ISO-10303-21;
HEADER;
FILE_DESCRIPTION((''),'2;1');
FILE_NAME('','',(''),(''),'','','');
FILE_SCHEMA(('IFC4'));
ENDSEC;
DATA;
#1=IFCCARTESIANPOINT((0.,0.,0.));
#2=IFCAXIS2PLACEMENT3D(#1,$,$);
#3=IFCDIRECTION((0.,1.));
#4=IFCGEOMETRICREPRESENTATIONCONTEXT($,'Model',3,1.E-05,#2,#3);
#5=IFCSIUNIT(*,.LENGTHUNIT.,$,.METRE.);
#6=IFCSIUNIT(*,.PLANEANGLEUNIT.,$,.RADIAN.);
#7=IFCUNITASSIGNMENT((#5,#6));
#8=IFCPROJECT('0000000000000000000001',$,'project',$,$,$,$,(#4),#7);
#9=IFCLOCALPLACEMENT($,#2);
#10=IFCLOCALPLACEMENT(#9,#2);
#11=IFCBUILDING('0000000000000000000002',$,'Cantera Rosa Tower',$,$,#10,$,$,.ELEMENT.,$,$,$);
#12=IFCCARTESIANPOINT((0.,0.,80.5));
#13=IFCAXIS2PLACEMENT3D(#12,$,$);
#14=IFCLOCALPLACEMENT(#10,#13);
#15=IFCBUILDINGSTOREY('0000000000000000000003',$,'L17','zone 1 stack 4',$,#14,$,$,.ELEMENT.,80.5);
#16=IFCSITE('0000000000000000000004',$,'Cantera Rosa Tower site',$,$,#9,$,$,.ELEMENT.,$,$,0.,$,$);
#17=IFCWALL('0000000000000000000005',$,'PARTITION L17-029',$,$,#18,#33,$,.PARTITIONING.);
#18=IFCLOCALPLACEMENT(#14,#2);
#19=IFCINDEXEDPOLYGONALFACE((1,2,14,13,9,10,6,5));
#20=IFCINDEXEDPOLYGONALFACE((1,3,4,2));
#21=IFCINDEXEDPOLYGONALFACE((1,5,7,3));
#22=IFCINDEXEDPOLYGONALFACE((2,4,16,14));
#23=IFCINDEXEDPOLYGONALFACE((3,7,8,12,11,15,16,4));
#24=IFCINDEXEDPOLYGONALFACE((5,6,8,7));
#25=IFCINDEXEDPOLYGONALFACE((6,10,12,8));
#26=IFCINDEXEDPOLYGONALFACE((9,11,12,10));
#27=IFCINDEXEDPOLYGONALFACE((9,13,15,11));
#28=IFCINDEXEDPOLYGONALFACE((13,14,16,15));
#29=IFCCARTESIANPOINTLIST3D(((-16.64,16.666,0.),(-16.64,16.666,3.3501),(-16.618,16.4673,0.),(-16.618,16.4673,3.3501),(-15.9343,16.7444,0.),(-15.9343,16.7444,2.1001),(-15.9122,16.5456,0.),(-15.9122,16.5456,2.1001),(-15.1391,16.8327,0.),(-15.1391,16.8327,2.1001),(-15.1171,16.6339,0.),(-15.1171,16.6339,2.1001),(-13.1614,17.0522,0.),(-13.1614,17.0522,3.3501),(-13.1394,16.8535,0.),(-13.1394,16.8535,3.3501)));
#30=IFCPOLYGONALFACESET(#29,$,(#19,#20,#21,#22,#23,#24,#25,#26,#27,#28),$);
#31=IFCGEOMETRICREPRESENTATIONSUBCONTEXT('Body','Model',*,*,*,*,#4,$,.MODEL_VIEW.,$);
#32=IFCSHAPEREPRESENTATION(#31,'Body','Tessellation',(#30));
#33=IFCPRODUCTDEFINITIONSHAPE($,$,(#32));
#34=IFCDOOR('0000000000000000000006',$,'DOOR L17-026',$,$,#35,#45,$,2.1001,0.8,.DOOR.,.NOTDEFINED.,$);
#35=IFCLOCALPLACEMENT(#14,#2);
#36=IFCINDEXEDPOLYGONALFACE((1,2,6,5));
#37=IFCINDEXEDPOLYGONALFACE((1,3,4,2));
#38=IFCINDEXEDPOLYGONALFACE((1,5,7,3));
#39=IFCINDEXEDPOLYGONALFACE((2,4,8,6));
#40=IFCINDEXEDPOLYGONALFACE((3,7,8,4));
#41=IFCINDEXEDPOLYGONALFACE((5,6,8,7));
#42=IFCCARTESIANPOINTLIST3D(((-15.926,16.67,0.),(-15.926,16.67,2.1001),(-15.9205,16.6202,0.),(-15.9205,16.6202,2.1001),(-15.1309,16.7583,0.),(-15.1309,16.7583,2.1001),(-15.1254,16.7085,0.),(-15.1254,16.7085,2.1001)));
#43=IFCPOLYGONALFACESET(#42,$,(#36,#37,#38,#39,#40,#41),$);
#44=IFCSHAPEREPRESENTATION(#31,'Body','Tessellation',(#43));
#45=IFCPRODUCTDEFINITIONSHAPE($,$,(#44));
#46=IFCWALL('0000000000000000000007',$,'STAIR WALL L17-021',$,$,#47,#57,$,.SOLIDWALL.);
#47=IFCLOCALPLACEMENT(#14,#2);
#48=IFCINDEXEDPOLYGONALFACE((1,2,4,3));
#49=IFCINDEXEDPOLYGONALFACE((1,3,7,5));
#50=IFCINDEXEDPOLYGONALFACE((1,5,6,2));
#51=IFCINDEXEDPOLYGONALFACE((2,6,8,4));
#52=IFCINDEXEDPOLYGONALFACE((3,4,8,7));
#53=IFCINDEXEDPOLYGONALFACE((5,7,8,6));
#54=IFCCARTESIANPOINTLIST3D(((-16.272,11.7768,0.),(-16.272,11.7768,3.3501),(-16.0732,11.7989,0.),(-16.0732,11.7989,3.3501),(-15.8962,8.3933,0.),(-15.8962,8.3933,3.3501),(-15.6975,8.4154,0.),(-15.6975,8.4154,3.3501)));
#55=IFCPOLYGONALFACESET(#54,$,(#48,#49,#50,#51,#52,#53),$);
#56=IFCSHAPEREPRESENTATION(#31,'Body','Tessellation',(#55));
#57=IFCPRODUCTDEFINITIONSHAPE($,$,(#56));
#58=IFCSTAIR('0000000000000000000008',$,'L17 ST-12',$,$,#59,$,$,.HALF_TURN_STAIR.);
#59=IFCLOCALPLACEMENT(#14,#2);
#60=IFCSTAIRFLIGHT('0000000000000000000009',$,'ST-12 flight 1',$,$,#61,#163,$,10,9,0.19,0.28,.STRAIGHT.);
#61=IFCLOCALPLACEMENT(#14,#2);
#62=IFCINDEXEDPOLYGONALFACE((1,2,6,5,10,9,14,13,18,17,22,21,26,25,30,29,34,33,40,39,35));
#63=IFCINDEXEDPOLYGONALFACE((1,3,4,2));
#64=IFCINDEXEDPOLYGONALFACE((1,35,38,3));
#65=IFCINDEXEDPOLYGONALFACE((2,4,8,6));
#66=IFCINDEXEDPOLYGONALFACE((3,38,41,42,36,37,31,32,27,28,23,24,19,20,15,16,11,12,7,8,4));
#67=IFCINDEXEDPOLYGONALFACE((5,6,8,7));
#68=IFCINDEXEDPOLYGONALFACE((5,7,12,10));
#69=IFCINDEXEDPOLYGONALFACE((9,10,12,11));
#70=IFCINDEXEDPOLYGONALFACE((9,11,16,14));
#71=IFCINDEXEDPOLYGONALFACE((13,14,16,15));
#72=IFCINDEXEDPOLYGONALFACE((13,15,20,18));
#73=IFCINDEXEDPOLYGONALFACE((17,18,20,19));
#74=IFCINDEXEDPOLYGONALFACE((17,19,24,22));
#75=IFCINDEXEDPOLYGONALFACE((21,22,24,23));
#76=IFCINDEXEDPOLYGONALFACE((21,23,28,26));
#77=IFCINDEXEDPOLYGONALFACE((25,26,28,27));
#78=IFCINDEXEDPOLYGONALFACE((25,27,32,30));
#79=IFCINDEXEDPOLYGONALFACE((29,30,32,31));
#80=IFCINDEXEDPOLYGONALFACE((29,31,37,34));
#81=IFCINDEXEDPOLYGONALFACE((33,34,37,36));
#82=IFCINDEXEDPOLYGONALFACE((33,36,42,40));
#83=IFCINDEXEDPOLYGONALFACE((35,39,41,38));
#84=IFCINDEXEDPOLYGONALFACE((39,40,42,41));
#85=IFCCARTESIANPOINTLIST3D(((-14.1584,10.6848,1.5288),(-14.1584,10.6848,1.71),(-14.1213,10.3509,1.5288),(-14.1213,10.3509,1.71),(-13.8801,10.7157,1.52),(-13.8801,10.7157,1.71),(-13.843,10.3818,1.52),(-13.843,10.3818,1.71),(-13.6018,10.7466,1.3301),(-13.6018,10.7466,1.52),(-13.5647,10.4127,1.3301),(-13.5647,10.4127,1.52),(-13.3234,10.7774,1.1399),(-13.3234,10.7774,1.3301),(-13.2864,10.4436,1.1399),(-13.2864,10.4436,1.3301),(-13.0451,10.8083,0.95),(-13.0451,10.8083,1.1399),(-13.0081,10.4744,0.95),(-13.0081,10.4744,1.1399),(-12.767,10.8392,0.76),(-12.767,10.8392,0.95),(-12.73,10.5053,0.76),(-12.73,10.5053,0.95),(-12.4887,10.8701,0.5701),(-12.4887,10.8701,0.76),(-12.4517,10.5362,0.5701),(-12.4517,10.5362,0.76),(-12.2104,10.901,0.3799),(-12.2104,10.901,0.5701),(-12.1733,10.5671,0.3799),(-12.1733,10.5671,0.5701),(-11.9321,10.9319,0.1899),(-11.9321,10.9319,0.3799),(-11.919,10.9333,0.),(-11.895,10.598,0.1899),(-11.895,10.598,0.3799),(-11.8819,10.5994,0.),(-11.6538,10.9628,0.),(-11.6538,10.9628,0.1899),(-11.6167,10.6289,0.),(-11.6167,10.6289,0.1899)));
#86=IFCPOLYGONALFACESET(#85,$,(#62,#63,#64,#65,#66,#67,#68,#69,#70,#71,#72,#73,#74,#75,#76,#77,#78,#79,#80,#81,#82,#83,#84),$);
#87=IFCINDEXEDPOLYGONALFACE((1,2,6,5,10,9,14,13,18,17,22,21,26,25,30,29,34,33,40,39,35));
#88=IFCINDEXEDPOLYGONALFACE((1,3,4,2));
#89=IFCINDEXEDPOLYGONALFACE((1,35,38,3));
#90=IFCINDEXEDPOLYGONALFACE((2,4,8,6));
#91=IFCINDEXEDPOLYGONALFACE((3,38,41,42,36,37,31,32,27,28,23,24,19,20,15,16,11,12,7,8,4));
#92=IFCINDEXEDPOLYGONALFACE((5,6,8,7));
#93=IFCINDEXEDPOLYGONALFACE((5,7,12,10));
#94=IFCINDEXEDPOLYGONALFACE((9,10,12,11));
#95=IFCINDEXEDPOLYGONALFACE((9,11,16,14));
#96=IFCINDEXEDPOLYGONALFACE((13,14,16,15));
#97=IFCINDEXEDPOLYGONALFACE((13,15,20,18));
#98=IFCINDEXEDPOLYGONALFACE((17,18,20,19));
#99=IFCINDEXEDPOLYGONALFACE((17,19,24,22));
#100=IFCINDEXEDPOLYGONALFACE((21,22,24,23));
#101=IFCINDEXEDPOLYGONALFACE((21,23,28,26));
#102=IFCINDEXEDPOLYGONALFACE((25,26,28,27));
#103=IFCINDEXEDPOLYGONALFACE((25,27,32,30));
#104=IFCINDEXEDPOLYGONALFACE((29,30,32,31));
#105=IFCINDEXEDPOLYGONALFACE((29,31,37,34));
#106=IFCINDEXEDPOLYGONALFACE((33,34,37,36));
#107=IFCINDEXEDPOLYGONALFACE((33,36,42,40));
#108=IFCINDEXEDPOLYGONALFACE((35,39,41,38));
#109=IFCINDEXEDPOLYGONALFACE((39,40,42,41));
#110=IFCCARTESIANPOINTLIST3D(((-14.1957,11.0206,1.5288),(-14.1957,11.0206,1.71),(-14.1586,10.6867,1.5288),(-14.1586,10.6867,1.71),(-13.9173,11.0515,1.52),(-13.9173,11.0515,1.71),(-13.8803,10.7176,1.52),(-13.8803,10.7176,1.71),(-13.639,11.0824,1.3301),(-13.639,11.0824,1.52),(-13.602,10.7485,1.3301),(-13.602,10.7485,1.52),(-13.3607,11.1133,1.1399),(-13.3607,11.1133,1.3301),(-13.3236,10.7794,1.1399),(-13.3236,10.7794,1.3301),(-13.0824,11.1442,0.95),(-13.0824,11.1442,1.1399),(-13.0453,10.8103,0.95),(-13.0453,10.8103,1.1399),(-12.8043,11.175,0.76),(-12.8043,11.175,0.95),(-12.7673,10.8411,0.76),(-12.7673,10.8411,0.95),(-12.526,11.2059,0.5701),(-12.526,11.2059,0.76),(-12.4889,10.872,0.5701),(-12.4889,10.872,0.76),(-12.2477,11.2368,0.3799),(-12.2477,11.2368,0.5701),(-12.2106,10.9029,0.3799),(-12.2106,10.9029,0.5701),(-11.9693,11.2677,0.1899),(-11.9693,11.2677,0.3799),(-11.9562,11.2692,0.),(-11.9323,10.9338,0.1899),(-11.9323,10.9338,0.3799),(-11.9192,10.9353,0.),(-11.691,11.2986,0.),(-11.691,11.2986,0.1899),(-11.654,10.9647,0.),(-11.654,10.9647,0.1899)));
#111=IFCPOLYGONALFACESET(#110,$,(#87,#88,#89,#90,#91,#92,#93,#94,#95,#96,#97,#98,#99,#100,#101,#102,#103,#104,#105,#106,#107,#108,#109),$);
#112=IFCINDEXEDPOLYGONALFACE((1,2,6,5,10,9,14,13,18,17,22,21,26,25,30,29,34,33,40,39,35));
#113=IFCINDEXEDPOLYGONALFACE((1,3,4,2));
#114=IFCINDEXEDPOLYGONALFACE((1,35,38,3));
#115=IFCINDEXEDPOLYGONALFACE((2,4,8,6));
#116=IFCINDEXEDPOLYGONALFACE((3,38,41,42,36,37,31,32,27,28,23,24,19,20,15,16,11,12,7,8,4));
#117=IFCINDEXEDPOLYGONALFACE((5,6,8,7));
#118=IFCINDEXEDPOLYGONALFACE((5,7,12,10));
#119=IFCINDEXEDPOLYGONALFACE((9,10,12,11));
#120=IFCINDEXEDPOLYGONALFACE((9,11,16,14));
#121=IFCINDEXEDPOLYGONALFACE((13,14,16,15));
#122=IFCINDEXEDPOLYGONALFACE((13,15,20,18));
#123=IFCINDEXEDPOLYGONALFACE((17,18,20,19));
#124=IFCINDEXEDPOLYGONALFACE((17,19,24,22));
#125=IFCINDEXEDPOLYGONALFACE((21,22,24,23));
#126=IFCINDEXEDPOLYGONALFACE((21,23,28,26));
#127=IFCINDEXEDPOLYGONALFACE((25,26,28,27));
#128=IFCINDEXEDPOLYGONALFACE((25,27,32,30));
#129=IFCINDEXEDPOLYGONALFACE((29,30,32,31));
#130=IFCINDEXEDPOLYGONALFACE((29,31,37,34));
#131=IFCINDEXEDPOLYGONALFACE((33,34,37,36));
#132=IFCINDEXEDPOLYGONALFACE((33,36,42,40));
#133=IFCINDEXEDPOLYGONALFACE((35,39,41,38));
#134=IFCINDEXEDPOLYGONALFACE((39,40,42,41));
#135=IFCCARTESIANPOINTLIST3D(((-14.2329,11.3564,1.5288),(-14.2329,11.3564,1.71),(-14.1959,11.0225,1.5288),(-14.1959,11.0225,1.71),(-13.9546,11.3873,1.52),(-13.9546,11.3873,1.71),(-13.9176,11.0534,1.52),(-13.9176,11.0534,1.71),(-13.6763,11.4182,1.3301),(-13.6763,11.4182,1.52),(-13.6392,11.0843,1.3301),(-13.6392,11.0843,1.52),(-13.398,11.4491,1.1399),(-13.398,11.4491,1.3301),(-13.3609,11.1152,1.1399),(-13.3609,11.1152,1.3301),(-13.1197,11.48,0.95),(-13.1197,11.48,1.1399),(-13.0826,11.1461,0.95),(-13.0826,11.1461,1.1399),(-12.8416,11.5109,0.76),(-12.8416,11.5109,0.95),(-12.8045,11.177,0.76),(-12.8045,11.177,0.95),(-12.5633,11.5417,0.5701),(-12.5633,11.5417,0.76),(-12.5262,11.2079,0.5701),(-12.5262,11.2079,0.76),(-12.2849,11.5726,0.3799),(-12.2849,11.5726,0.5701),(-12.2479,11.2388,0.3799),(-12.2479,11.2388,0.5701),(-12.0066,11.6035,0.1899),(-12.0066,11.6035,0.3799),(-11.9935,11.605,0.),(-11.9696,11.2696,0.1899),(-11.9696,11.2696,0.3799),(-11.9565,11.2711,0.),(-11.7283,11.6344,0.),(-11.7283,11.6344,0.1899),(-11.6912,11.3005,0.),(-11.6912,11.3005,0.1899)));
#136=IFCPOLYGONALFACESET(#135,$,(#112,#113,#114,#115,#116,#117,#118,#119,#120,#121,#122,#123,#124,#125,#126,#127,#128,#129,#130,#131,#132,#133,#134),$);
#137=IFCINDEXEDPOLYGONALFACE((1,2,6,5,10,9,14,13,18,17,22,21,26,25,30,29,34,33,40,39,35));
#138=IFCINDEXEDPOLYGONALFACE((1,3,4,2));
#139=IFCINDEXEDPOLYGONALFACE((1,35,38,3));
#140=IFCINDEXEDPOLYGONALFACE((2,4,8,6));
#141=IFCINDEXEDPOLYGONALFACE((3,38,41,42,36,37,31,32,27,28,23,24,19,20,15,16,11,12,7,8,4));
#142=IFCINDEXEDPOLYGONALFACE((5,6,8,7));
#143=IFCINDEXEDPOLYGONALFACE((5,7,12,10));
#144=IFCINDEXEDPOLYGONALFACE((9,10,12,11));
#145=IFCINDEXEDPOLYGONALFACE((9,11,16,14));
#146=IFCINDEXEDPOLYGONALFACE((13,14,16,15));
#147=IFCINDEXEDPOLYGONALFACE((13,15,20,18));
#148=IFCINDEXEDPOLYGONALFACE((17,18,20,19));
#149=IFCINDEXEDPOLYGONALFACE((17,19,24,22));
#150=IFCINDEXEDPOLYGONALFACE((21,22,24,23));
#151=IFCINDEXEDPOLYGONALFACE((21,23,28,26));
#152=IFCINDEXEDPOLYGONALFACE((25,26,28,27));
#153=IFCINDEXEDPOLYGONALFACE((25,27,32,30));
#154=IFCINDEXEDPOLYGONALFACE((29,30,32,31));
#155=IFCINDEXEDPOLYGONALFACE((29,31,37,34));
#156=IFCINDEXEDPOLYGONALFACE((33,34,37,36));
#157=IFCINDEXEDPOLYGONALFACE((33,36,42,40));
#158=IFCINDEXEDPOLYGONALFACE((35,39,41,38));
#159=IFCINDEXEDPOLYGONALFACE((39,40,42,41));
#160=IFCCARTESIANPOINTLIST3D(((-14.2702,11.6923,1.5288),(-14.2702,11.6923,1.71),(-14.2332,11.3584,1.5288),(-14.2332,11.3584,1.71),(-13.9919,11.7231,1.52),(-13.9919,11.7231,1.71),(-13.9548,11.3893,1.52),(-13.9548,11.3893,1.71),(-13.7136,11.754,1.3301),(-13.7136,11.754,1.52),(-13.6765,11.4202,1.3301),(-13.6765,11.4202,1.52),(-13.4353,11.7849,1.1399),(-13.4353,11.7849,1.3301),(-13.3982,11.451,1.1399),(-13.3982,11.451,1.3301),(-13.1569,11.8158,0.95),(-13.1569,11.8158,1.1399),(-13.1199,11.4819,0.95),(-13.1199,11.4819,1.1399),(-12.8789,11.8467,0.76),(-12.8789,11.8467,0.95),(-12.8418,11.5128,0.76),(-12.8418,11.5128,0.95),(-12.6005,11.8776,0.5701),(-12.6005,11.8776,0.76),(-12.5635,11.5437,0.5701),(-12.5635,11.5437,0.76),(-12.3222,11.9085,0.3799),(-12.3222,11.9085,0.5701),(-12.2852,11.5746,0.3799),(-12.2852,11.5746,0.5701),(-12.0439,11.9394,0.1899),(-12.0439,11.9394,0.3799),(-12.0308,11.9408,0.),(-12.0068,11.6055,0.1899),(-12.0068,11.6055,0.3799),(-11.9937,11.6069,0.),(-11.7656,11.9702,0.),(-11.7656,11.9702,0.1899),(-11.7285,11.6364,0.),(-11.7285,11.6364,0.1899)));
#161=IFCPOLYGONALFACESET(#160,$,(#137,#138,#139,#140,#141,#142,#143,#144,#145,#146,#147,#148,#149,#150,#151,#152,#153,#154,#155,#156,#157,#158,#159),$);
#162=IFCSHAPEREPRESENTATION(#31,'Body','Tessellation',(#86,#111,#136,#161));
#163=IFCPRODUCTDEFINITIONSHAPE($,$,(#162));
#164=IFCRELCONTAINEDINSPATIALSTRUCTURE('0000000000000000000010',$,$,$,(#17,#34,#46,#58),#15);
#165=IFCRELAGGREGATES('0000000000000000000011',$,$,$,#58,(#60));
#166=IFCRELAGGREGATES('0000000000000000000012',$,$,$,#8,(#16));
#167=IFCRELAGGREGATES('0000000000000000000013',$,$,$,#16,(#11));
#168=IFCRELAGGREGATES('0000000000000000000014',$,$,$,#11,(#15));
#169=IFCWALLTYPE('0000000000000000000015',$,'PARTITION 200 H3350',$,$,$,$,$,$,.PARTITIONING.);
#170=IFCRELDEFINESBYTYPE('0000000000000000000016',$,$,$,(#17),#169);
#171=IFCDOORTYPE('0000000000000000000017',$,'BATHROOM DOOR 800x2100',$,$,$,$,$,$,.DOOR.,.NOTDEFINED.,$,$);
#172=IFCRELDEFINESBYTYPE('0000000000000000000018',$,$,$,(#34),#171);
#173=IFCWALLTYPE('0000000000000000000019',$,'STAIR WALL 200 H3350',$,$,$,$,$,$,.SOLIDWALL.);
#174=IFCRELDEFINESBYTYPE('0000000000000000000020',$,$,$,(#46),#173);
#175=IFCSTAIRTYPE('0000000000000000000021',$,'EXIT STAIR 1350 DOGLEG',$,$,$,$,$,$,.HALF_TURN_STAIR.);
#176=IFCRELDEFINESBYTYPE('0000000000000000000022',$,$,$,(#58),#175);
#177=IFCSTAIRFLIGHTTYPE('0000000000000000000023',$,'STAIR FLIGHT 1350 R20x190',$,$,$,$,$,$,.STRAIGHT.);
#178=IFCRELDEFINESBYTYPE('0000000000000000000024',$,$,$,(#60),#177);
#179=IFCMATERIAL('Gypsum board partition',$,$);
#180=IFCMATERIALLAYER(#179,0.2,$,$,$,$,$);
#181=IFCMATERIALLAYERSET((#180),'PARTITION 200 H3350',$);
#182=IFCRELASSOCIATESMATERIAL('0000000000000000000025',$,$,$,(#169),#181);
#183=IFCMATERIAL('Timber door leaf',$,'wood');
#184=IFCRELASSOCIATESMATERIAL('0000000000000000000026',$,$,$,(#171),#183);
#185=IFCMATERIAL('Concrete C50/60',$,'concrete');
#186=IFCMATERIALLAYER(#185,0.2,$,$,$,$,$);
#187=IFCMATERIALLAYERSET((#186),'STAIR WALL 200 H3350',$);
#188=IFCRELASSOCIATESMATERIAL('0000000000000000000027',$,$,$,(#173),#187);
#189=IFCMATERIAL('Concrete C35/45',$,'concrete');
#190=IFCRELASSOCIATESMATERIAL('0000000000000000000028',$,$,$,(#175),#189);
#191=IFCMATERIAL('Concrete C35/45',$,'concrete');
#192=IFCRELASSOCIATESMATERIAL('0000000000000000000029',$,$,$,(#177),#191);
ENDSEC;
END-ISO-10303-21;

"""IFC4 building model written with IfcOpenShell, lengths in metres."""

from ifc_helpers import new_model, si_unit, direction, frame, frame_2d, origin, place, context, subcontext, project, spatial, polyline, rectangle, outline, extrude, material, layer, layer_set, type_object, element, fill, aggregate, save


model = new_model("IFC4")

# Units and contexts
model_context = context("Model", 3, precision=1e-05, world=origin(), true_north=direction((0.0, 1.0)))
body_context = subcontext(model_context, "Body", "Model", "MODEL_VIEW")
ifc_project = project(units=[si_unit("LENGTHUNIT", "METRE"), si_unit("PLANEANGLEUNIT", "RADIAN")], contexts=[model_context])

# Site, building, storey
site_placement = place(None, origin())
site = spatial("IfcSite", under=ifc_project, at=site_placement, Name="Cantera Rosa Tower site", CompositionType="ELEMENT", RefElevation=0.0)
building_placement = place(site_placement, origin())
building = spatial("IfcBuilding", under=site, at=building_placement, Name="Cantera Rosa Tower", CompositionType="ELEMENT")
storey_placement = place(building_placement, frame((0.0, 0.0, 80.5)))
storey = spatial("IfcBuildingStorey", under=building, at=storey_placement, Name="L17", Description="zone 1 stack 4", CompositionType="ELEMENT", Elevation=80.5)

# Shared definitions
ifc_material_1 = material(Name="Gypsum board partition")
ifc_layer_1 = layer(ifc_material_1, 0.2)
ifc_layer_set_1 = layer_set([ifc_layer_1], Name="PARTITION 200 H3350")
wall_type_1 = type_object("IfcWallType", Name="PARTITION 200 H3350", PredefinedType="PARTITIONING", material=ifc_layer_set_1)

# Wall, opening, door
wall_1_placement = place(storey_placement, frame((-13.1504, 16.9529, 0.0), z_axis=(0.0, 0.0, 1.0), x_axis=(-0.993892, -0.110355, 0.0)))
wall_1 = element("IfcWall", 1, at=wall_1_placement, inside=storey, type_object=wall_type_1, Name="PARTITION L17-029", PredefinedType="PARTITIONING", context=body_context, shape_type="SweptSolid", body=[
    extrude(rectangle(XDim=3.5, YDim=0.2, at=frame_2d((1.75, 0.0))), origin(), (0.0, 0.0, 1.0), 3.3501),
])
opening_1_placement = place(wall_1_placement, frame((1.99, 0.0, 0.0)))
opening_1 = element("IfcOpeningElement", 2, at=opening_1_placement, cuts=wall_1, PredefinedType="OPENING", context=body_context, shape_type="SweptSolid", body=[
    extrude(rectangle(XDim=0.8, YDim=2.1001, at=frame_2d((0.3999, 1.05))), frame((0.0, 0.1099, 0.0), z_axis=(0.0, -1.0, 0.0), x_axis=(1.0, 0.0, 0.0)), (0.0, 0.0, 1.0), 0.22),
])
ifc_material_2 = material(Name="Timber door leaf", Category="wood")
door_type_1 = type_object("IfcDoorType", Name="BATHROOM DOOR 800x2100", OperationType="NOTDEFINED", PredefinedType="DOOR", material=ifc_material_2)
door_1_placement = place(opening_1_placement, origin())
door_1 = element("IfcDoor", 3, at=door_1_placement, inside=storey, type_object=door_type_1, Name="DOOR L17-026", OperationType="NOTDEFINED", OverallHeight=2.1001, OverallWidth=0.8, PredefinedType="DOOR", context=body_context, shape_type="SweptSolid", body=[
    extrude(rectangle(XDim=0.8, YDim=2.1001, at=frame_2d((0.3999, 1.05))), frame((0.0, 0.0249, 0.0), z_axis=(0.0, -1.0, 0.0), x_axis=(1.0, 0.0, 0.0)), (0.0, 0.0, 1.0), 0.05),
])
fill(opening_1, door_1)

# Wall
ifc_material_3 = material(Name="Concrete C50/60", Category="concrete")
ifc_layer_2 = layer(ifc_material_3, 0.2)
ifc_layer_set_2 = layer_set([ifc_layer_2], Name="STAIR WALL 200 H3350")
wall_type_2 = type_object("IfcWallType", Name="STAIR WALL 200 H3350", PredefinedType="SOLIDWALL", material=ifc_layer_set_2)
wall_2_placement = place(storey_placement, frame((-16.1726, 11.7878, 0.0), z_axis=(0.0, 0.0, 1.0), x_axis=(0.110369, -0.993891, 0.0)))
element("IfcWall", 4, at=wall_2_placement, inside=storey, type_object=wall_type_2, Name="STAIR WALL L17-021", PredefinedType="SOLIDWALL", context=body_context, shape_type="SweptSolid", body=[
    extrude(rectangle(XDim=3.4043, YDim=0.2, at=frame_2d((1.7021, 0.0))), origin(), (0.0, 0.0, 1.0), 3.3501),
])

# Stair, stair flight
ifc_material_4 = material(Name="Concrete C35/45", Category="concrete")
stair_type = type_object("IfcStairType", Name="EXIT STAIR 1350 DOGLEG", PredefinedType="HALF_TURN_STAIR", material=ifc_material_4)
stair_placement = place(storey_placement, origin())
stair = element("IfcStair", 5, at=stair_placement, inside=storey, type_object=stair_type, Name="L17 ST-12", PredefinedType="HALF_TURN_STAIR")
ifc_material_5 = material(Name="Concrete C35/45", Category="concrete")
stair_flight_type = type_object("IfcStairFlightType", Name="STAIR FLIGHT 1350 R20x190", PredefinedType="STRAIGHT", material=ifc_material_5)
stair_flight_placement = place(storey_placement, frame((-11.6912, 11.2998, 0.0), z_axis=(0.0, 0.0, 1.0), x_axis=(-0.993897, -0.110313, 0.0)))
stair_flight = element("IfcStairFlight", 6, at=stair_flight_placement, type_object=stair_flight_type, Name="ST-12 flight 1", NumberOfRisers=10, NumberOfTreads=9, PredefinedType="STRAIGHT", RiserHeight=0.19, TreadLength=0.28, context=body_context, shape_type="SweptSolid", body=[
    extrude(outline(polyline([(0.0, 0.0), (0.0, 0.1899), (0.28, 0.1899), (0.28, 0.3799), (0.5601, 0.3799), (0.5601, 0.5701), (0.8401, 0.5701), (0.8401, 0.76), (1.1201, 0.76), (1.1201, 0.95), (1.3999, 0.95), (1.3999, 1.1399), (1.6799, 1.1399), (1.6799, 1.3301), (1.96, 1.3301), (1.96, 1.52), (2.24, 1.52), (2.24, 1.71), (2.52, 1.71), (2.52, 1.8999), (2.52, 1.5288), (0.2668, 0.0), (0.0, 0.0)])), frame((0.0, 0.675, 0.0), z_axis=(0.0, -1.0, 0.0), x_axis=(1.0, 0.0, 0.0)), (0.0, 0.0, 1.0), 0.3359),
    extrude(outline(polyline([(0.0, 0.0), (0.0, 0.1899), (0.28, 0.1899), (0.28, 0.3799), (0.5601, 0.3799), (0.5601, 0.5701), (0.8401, 0.5701), (0.8401, 0.76), (1.1201, 0.76), (1.1201, 0.95), (1.3999, 0.95), (1.3999, 1.1399), (1.6799, 1.1399), (1.6799, 1.3301), (1.96, 1.3301), (1.96, 1.52), (2.24, 1.52), (2.24, 1.71), (2.52, 1.71), (2.52, 1.8999), (2.52, 1.5288), (0.2668, 0.0), (0.0, 0.0)])), frame((0.0, 0.3372, 0.0), z_axis=(0.0, -1.0, 0.0), x_axis=(1.0, 0.0, 0.0)), (0.0, 0.0, 1.0), 0.3359),
    extrude(outline(polyline([(0.0, 0.0), (0.0, 0.1899), (0.28, 0.1899), (0.28, 0.3799), (0.5601, 0.3799), (0.5601, 0.5701), (0.8401, 0.5701), (0.8401, 0.76), (1.1201, 0.76), (1.1201, 0.95), (1.3999, 0.95), (1.3999, 1.1399), (1.6799, 1.1399), (1.6799, 1.3301), (1.96, 1.3301), (1.96, 1.52), (2.24, 1.52), (2.24, 1.71), (2.52, 1.71), (2.52, 1.8999), (2.52, 1.5288), (0.2668, 0.0), (0.0, 0.0)])), frame((0.0, -0.0007, 0.0), z_axis=(0.0, -1.0, 0.0), x_axis=(1.0, 0.0, 0.0)), (0.0, 0.0, 1.0), 0.3359),
    extrude(outline(polyline([(0.0, 0.0), (0.0, 0.1899), (0.28, 0.1899), (0.28, 0.3799), (0.5601, 0.3799), (0.5601, 0.5701), (0.8401, 0.5701), (0.8401, 0.76), (1.1201, 0.76), (1.1201, 0.95), (1.3999, 0.95), (1.3999, 1.1399), (1.6799, 1.1399), (1.6799, 1.3301), (1.96, 1.3301), (1.96, 1.52), (2.24, 1.52), (2.24, 1.71), (2.52, 1.71), (2.52, 1.8999), (2.52, 1.5288), (0.2668, 0.0), (0.0, 0.0)])), frame((0.0, -0.3386, 0.0), z_axis=(0.0, -1.0, 0.0), x_axis=(1.0, 0.0, 0.0)), (0.0, 0.0, 1.0), 0.3359),
])
aggregate(stair, [stair_flight])

save(model, "model.ifc")
